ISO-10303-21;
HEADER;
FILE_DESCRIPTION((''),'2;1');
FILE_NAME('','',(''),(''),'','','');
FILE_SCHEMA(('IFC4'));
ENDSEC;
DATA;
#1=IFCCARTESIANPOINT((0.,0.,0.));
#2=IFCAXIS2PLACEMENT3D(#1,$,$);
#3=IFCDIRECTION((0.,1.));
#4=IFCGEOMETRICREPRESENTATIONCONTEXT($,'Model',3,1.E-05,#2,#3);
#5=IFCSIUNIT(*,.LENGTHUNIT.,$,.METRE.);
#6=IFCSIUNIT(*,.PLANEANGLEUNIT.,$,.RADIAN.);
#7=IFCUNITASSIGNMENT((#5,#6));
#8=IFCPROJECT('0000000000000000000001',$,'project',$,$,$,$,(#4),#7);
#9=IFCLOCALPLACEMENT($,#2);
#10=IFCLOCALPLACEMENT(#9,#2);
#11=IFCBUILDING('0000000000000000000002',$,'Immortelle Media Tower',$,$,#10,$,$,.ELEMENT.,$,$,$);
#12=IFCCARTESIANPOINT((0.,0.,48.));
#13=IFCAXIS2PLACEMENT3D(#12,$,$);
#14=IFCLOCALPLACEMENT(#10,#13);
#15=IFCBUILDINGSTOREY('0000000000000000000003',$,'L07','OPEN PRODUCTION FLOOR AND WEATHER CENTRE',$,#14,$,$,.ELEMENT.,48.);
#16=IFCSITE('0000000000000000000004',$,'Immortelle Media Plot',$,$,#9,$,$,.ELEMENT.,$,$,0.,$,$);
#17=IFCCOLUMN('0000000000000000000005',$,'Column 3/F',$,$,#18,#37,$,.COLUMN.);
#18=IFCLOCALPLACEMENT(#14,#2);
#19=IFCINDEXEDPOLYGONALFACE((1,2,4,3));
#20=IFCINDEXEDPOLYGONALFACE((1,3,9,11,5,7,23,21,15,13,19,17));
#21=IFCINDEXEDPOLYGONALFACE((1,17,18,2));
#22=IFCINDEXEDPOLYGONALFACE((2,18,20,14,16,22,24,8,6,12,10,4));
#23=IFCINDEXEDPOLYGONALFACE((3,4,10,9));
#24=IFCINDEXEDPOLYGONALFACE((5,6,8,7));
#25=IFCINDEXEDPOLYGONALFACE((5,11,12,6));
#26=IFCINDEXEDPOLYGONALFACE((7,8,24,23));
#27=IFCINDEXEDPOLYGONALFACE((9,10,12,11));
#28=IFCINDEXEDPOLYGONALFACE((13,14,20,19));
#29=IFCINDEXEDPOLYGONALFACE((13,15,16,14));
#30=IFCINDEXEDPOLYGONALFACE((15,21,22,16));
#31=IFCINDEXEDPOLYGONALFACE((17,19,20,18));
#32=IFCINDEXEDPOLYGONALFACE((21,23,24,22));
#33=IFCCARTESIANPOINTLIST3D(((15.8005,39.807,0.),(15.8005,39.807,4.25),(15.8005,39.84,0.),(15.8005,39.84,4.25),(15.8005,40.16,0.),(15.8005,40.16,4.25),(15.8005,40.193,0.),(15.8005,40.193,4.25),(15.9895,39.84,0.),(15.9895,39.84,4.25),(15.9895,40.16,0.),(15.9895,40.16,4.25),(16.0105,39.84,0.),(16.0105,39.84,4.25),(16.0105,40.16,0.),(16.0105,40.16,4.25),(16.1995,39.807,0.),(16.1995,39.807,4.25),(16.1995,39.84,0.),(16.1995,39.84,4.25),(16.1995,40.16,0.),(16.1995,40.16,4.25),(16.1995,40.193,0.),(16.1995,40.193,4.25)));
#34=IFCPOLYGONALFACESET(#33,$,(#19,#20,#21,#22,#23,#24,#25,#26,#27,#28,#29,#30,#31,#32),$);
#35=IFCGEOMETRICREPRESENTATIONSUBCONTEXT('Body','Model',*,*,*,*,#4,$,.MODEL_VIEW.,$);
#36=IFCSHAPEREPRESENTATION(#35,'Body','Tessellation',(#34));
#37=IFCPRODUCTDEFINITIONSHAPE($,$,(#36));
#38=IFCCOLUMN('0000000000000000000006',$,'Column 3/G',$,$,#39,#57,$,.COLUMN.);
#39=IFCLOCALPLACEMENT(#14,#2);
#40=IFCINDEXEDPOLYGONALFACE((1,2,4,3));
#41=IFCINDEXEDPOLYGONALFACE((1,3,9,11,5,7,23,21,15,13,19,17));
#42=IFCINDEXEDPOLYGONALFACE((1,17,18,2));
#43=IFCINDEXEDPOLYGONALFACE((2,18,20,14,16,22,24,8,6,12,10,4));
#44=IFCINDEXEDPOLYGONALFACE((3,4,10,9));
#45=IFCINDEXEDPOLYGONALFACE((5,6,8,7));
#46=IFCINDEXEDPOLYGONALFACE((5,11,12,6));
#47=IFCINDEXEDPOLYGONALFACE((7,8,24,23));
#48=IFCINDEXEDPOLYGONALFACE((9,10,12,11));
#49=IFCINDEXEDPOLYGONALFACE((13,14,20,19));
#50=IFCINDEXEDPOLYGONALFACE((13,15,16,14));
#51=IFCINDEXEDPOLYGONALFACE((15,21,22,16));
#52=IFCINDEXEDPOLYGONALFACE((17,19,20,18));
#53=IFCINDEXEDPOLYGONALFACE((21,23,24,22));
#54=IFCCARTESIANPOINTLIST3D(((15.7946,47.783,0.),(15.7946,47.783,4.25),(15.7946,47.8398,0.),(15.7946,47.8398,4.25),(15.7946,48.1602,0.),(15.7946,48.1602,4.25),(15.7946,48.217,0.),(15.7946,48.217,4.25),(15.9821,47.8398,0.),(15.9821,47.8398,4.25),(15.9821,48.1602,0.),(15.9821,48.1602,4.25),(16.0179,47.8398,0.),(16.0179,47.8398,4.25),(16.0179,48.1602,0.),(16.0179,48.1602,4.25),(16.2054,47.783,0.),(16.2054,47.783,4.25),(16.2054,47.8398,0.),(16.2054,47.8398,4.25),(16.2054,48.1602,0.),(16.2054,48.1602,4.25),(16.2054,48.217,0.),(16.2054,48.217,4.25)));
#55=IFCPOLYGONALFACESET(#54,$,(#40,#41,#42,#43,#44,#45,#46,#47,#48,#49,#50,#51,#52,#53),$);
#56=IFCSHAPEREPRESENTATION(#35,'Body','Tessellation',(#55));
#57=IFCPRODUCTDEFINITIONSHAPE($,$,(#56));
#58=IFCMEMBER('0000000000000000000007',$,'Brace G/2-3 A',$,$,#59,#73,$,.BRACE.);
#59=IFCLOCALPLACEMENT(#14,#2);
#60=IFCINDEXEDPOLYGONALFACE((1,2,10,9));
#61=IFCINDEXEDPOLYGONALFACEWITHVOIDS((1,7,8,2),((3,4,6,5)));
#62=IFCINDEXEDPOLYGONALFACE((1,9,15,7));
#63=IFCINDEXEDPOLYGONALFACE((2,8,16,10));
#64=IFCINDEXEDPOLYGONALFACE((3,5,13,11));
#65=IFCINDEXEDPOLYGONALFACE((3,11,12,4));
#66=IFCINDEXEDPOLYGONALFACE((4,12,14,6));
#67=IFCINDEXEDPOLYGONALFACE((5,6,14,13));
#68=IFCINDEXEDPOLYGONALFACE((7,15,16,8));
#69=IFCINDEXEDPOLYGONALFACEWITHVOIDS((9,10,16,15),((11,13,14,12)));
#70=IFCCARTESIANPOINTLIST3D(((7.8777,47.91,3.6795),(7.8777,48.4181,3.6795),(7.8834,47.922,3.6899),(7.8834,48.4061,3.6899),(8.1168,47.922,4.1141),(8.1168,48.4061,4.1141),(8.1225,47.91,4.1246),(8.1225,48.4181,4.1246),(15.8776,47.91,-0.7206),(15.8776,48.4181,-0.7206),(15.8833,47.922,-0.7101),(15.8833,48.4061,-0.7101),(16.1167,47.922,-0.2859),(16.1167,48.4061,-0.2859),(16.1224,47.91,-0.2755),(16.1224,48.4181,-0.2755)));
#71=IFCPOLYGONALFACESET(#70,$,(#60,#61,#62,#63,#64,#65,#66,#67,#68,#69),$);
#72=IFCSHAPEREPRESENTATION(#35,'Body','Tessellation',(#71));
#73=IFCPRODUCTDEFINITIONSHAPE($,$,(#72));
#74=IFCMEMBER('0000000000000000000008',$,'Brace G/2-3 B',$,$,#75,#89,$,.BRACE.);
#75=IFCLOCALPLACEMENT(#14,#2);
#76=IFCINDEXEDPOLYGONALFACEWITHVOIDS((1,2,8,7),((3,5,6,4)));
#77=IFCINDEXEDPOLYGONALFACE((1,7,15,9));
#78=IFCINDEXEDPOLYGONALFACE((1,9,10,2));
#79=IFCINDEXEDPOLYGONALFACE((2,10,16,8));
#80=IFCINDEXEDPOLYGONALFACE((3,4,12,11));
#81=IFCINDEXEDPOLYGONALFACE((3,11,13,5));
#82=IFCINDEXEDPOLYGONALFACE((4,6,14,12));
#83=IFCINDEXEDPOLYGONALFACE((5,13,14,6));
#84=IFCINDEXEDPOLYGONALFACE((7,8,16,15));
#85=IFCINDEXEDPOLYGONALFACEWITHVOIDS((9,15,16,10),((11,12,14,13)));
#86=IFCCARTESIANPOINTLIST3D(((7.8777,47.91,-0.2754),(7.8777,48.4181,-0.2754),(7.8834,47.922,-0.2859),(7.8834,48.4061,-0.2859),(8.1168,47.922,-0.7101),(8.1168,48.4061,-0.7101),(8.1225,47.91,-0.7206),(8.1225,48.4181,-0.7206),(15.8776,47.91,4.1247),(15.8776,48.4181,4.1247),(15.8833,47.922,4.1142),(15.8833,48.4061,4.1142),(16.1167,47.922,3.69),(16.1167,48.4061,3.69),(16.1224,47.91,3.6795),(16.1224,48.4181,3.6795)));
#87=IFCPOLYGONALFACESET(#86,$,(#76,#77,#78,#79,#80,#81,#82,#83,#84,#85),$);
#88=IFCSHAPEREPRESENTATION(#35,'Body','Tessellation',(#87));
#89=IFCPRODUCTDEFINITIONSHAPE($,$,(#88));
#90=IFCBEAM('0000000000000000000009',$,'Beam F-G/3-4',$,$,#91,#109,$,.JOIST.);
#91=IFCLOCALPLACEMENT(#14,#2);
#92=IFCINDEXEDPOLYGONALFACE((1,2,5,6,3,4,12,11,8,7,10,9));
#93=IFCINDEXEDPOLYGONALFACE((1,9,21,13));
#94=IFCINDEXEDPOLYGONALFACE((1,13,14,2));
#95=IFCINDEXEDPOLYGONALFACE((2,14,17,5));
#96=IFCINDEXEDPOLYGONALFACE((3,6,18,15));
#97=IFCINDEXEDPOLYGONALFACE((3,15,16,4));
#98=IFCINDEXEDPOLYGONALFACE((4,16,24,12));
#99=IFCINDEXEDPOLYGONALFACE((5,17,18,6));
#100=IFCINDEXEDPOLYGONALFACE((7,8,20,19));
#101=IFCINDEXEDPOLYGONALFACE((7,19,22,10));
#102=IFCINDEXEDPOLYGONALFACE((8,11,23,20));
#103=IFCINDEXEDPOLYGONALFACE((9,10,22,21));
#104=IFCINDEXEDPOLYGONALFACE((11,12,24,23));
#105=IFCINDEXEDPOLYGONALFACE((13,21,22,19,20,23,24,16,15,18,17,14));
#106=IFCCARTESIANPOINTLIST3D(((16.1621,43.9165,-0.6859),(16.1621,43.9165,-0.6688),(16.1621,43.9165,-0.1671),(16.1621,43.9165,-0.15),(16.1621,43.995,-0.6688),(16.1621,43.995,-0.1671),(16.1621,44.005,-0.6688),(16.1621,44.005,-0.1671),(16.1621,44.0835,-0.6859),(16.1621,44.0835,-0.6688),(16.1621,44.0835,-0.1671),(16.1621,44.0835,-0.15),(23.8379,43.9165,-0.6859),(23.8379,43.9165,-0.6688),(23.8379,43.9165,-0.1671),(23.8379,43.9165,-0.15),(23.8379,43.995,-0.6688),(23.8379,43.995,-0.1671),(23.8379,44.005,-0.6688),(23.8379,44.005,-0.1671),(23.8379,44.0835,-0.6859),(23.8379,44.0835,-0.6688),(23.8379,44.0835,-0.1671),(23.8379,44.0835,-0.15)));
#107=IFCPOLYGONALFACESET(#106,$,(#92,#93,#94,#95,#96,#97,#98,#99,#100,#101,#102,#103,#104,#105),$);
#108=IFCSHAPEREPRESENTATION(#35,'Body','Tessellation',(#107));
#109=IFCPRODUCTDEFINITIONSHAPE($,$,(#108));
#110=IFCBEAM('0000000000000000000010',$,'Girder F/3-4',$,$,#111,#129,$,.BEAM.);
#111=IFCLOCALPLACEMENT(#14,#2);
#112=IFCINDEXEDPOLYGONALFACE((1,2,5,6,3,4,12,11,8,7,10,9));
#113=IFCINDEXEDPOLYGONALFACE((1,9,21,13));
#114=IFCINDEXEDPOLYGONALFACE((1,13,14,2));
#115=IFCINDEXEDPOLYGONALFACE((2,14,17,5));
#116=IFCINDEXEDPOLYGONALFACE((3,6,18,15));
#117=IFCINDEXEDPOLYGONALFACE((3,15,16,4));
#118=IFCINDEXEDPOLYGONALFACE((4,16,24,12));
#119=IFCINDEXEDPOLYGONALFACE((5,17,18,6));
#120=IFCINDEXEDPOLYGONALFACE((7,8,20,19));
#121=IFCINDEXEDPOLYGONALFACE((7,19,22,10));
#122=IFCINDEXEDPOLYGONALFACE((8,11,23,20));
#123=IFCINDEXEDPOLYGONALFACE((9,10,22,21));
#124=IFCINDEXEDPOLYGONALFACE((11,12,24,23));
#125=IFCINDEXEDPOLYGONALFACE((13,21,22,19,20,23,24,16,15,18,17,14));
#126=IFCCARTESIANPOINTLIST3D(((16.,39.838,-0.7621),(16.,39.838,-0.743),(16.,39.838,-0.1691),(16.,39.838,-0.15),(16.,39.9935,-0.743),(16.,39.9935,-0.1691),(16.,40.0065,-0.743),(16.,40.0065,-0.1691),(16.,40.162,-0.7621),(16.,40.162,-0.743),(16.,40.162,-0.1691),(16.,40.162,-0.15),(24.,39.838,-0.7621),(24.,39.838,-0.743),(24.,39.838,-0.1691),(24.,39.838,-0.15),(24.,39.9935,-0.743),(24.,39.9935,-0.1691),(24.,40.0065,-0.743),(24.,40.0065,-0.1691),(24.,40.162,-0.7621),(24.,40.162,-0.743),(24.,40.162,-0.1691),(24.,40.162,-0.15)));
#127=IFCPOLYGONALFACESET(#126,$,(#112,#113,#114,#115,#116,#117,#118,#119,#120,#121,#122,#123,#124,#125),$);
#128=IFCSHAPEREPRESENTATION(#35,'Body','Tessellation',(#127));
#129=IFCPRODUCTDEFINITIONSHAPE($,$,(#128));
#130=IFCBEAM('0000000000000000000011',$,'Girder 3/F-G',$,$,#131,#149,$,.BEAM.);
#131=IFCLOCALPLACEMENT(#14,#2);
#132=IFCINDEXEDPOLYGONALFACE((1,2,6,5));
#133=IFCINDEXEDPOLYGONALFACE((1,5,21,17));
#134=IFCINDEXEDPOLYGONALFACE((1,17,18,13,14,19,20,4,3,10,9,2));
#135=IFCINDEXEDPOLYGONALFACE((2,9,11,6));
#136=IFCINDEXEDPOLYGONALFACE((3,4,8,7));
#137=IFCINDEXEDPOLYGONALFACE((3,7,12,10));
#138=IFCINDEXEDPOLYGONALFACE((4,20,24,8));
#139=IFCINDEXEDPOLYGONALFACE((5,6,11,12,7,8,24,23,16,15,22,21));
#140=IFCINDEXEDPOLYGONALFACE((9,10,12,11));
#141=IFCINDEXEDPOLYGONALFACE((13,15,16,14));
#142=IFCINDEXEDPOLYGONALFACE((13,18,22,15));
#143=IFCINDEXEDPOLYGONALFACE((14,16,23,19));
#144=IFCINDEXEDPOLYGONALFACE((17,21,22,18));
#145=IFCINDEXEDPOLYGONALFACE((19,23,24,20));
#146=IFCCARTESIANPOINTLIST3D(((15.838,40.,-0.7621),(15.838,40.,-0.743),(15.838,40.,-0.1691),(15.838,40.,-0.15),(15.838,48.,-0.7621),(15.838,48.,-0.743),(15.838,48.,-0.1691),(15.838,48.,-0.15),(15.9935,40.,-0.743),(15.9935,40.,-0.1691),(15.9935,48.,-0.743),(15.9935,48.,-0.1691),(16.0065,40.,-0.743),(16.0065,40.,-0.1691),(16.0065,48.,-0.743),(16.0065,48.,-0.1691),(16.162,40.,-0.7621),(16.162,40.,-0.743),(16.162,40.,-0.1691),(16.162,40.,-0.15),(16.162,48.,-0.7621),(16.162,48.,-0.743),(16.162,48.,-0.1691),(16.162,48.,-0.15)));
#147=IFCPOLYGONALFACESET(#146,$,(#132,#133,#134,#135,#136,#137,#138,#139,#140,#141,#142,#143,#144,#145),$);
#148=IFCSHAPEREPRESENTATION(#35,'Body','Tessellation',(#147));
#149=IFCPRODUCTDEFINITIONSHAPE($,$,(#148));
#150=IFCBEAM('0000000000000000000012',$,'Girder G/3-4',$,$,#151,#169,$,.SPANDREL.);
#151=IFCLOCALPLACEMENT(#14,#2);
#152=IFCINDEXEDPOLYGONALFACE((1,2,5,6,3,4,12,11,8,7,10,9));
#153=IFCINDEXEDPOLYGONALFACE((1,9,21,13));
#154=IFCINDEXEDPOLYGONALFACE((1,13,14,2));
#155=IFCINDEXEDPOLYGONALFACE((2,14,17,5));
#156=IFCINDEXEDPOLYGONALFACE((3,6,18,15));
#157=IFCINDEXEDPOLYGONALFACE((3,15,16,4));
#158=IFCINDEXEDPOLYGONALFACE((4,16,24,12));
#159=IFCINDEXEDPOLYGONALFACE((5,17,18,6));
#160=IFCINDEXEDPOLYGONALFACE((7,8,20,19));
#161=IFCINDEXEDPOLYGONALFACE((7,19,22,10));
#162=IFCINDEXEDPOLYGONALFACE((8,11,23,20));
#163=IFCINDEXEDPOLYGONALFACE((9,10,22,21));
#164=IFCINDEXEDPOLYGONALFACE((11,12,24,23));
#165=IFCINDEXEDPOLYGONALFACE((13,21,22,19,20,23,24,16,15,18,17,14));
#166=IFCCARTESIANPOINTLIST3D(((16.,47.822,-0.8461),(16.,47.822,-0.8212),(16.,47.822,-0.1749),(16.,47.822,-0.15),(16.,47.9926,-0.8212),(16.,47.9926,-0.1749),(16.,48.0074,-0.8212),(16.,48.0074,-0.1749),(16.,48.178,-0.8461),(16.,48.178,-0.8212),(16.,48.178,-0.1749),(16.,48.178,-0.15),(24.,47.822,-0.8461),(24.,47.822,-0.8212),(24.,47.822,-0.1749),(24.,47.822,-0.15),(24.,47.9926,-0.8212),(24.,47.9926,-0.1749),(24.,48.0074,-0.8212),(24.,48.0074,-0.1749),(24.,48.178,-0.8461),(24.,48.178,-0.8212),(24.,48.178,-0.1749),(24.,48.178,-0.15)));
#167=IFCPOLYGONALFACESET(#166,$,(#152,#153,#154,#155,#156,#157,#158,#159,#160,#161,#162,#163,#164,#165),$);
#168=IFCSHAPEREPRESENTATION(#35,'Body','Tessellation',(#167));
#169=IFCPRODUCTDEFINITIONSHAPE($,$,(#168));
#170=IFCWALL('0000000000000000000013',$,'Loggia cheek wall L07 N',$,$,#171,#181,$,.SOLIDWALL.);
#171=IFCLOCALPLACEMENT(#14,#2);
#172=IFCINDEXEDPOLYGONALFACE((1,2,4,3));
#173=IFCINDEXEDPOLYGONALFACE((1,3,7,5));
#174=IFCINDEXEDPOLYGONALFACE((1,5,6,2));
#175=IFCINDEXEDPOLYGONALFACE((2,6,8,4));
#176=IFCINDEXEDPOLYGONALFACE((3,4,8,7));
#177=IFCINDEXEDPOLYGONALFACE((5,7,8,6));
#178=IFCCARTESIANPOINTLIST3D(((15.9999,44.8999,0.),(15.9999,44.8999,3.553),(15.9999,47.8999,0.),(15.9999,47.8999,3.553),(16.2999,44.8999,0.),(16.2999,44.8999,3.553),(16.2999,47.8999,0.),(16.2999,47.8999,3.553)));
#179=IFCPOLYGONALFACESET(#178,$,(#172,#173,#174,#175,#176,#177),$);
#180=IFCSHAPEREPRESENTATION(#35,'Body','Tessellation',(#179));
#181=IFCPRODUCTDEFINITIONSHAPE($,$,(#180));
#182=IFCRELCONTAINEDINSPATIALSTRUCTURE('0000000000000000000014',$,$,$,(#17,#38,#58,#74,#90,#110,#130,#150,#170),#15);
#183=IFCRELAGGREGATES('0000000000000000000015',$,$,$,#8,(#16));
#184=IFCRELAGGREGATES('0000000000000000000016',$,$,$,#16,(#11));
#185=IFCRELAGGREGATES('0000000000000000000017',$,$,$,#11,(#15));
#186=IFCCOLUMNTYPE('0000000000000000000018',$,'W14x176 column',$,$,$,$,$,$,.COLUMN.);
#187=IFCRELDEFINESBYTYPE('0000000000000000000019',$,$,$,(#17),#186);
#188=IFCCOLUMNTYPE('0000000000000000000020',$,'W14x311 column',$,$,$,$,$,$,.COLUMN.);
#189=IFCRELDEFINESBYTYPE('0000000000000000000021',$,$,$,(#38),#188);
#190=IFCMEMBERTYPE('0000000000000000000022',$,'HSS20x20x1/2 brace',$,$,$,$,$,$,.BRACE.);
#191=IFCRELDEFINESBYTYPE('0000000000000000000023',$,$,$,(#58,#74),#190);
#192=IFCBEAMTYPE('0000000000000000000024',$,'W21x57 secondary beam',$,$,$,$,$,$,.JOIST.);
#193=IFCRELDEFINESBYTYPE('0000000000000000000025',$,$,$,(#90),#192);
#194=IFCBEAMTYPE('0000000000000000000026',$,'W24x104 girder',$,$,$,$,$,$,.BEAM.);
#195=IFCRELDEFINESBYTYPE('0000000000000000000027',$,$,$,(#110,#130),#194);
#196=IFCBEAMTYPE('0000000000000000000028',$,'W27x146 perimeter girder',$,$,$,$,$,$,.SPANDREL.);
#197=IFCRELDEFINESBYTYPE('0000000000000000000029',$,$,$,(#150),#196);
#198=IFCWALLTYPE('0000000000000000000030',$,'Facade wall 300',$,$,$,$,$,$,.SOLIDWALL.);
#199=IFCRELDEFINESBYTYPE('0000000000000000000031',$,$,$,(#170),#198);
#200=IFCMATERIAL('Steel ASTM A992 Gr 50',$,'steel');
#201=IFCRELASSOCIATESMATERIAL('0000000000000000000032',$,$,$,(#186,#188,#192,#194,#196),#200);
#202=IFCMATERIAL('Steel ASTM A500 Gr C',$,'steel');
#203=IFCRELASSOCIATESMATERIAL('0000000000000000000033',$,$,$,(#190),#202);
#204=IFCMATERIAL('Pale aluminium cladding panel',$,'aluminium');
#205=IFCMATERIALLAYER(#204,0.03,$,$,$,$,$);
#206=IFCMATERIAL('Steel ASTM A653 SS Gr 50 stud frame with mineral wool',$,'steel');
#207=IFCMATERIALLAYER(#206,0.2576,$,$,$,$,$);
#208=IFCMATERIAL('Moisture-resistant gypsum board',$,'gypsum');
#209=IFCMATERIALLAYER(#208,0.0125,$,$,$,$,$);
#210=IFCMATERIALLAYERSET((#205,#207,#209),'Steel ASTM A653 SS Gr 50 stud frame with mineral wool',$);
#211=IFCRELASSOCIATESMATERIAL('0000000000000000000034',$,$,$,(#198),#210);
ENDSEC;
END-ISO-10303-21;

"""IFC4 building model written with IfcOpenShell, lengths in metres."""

from ifc_helpers import new_model, si_unit, direction, frame, frame_2d, origin, origin_2d, place, context, subcontext, project, spatial, rectangle, hollow_rectangle, i_section, extrude, material, layer, layer_set, material_profile, profile_set, type_object, element, save


model = new_model("IFC4")

# Units and contexts
model_context = context("Model", 3, precision=1e-05, world=origin(), true_north=direction((0.0, 1.0)))
body_context = subcontext(model_context, "Body", "Model", "MODEL_VIEW")
ifc_project = project(units=[si_unit("LENGTHUNIT", "METRE"), si_unit("PLANEANGLEUNIT", "RADIAN")], contexts=[model_context])

# Site, building, storey
site_placement = place(None, origin())
site = spatial("IfcSite", under=ifc_project, at=site_placement, Name="Immortelle Media Plot", CompositionType="ELEMENT", RefElevation=0.0)
building_placement = place(site_placement, origin())
building = spatial("IfcBuilding", under=site, at=building_placement, Name="Immortelle Media Tower", CompositionType="ELEMENT")
storey_placement = place(building_placement, frame((0.0, 0.0, 48.0)))
storey = spatial("IfcBuildingStorey", under=building, at=storey_placement, Name="L07", Description="OPEN PRODUCTION FLOOR AND WEATHER CENTRE", CompositionType="ELEMENT", Elevation=48.0)

# Columns
ifc_material_1 = material(Name="Steel ASTM A992 Gr 50", Category="steel")
ifc_material_profile_1 = material_profile(ifc_material_1, i_section(OverallWidth=0.3989, OverallDepth=0.386, WebThickness=0.021, FlangeThickness=0.033, at=origin_2d()), Name="W14x176")
ifc_profile_set_1 = profile_set([ifc_material_profile_1], Name="Steel ASTM A992 Gr 50")
column_type_1 = type_object("IfcColumnType", Name="W14x176 column", PredefinedType="COLUMN", material=ifc_profile_set_1)
column_1_placement = place(storey_placement, frame((16.0, 40.0, 0.0), z_axis=(0.0, 0.0, 1.0), x_axis=(1.0, 0.0, 0.0)))
element("IfcColumn", 1, at=column_1_placement, inside=storey, type_object=column_type_1, Name="Column 3/F", PredefinedType="COLUMN", context=body_context, shape_type="SweptSolid", body=[
    extrude(i_section(OverallWidth=0.3989, OverallDepth=0.386, WebThickness=0.021, FlangeThickness=0.033, at=origin_2d()), origin(), (0.0, 0.0, 1.0), 4.25),
])
ifc_material_profile_2 = material_profile(ifc_material_1, i_section(OverallWidth=0.4109, OverallDepth=0.4341, WebThickness=0.0359, FlangeThickness=0.0569, at=origin_2d()), Name="W14x311")
ifc_profile_set_2 = profile_set([ifc_material_profile_2], Name="Steel ASTM A992 Gr 50")
column_type_2 = type_object("IfcColumnType", Name="W14x311 column", PredefinedType="COLUMN", material=ifc_profile_set_2)
column_2_placement = place(storey_placement, frame((16.0, 48.0, 0.0), z_axis=(0.0, 0.0, 1.0), x_axis=(1.0, 0.0, 0.0)))
element("IfcColumn", 2, at=column_2_placement, inside=storey, type_object=column_type_2, Name="Column 3/G", PredefinedType="COLUMN", context=body_context, shape_type="SweptSolid", body=[
    extrude(i_section(OverallWidth=0.4109, OverallDepth=0.4341, WebThickness=0.0359, FlangeThickness=0.0569, at=origin_2d()), origin(), (0.0, 0.0, 1.0), 4.25),
])

# Members
ifc_material_2 = material(Name="Steel ASTM A500 Gr C", Category="steel")
ifc_material_profile_3 = material_profile(ifc_material_2, hollow_rectangle(XDim=0.5081, YDim=0.5081, WallThickness=0.012, at=origin_2d()), Name="HSS20x20x1/2 brace")
ifc_profile_set_3 = profile_set([ifc_material_profile_3], Name="Steel ASTM A500 Gr C")
member_type = type_object("IfcMemberType", Name="HSS20x20x1/2 brace", PredefinedType="BRACE", material=ifc_profile_set_3)
for number, where, z_axis, x_axis, name in (
    (3, (16.0, 48.1641, -0.498), (-0.876209, 0.0, 0.481931), (0.0, -1.0, 0.0), "Brace G/2-3 A"),
    (4, (16.0, 48.1641, 3.9021), (-0.876209, 0.0, -0.481931), (0.0, -1.0, 0.0), "Brace G/2-3 B"),
):
    element("IfcMember", number, at=place(storey_placement, frame(where, z_axis=z_axis, x_axis=x_axis)), inside=storey, type_object=member_type, Name=name, PredefinedType="BRACE", context=body_context, shape_type="SweptSolid", body=[
        extrude(hollow_rectangle(XDim=0.5081, YDim=0.5081, WallThickness=0.012, at=origin_2d()), origin(), (0.0, 0.0, 1.0), 9.1301),
    ])

# Beams
ifc_material_profile_4 = material_profile(ifc_material_1, i_section(OverallWidth=0.167, OverallDepth=0.5359, WebThickness=0.01, FlangeThickness=0.0171, at=origin_2d()), Name="W21x57")
ifc_profile_set_4 = profile_set([ifc_material_profile_4], Name="Steel ASTM A992 Gr 50")
beam_type_1 = type_object("IfcBeamType", Name="W21x57 secondary beam", PredefinedType="JOIST", material=ifc_profile_set_4)
beam_1_placement = place(storey_placement, frame((16.1621, 44.0, -0.418), z_axis=(1.0, 0.0, 0.0), x_axis=(0.0, 1.0, 0.0)))
element("IfcBeam", 5, at=beam_1_placement, inside=storey, type_object=beam_type_1, Name="Beam F-G/3-4", PredefinedType="JOIST", context=body_context, shape_type="SweptSolid", body=[
    extrude(i_section(OverallWidth=0.167, OverallDepth=0.5359, WebThickness=0.01, FlangeThickness=0.0171, at=origin_2d()), origin(), (0.0, 0.0, 1.0), 7.6758),
])
ifc_material_profile_5 = material_profile(ifc_material_1, i_section(OverallWidth=0.324, OverallDepth=0.6121, WebThickness=0.0129, FlangeThickness=0.019, at=origin_2d()), Name="W24x104")
ifc_profile_set_5 = profile_set([ifc_material_profile_5], Name="Steel ASTM A992 Gr 50")
beam_type_2 = type_object("IfcBeamType", Name="W24x104 girder", PredefinedType="BEAM", material=ifc_profile_set_5)
for number, where, z_axis, x_axis, name in (
    (6, (16.0, 40.0, -0.4561), (1.0, 0.0, 0.0), (0.0, 1.0, 0.0), "Girder F/3-4"),
    (7, (16.0, 40.0, -0.4561), (0.0, 1.0, 0.0), (-1.0, 0.0, 0.0), "Girder 3/F-G"),
):
    element("IfcBeam", number, at=place(storey_placement, frame(where, z_axis=z_axis, x_axis=x_axis)), inside=storey, type_object=beam_type_2, Name=name, PredefinedType="BEAM", context=body_context, shape_type="SweptSolid", body=[
        extrude(i_section(OverallWidth=0.324, OverallDepth=0.6121, WebThickness=0.0129, FlangeThickness=0.019, at=origin_2d()), origin(), (0.0, 0.0, 1.0), 8.0),
    ])
ifc_material_profile_6 = material_profile(ifc_material_1, i_section(OverallWidth=0.356, OverallDepth=0.696, WebThickness=0.0149, FlangeThickness=0.0249, at=origin_2d()), Name="W27x146")
ifc_profile_set_6 = profile_set([ifc_material_profile_6], Name="Steel ASTM A992 Gr 50")
beam_type_3 = type_object("IfcBeamType", Name="W27x146 perimeter girder", PredefinedType="SPANDREL", material=ifc_profile_set_6)
beam_2_placement = place(storey_placement, frame((16.0, 48.0, -0.498), z_axis=(1.0, 0.0, 0.0), x_axis=(0.0, 1.0, 0.0)))
element("IfcBeam", 8, at=beam_2_placement, inside=storey, type_object=beam_type_3, Name="Girder G/3-4", PredefinedType="SPANDREL", context=body_context, shape_type="SweptSolid", body=[
    extrude(i_section(OverallWidth=0.356, OverallDepth=0.696, WebThickness=0.0149, FlangeThickness=0.0249, at=origin_2d()), origin(), (0.0, 0.0, 1.0), 8.0),
])

# Wall
ifc_material_3 = material(Name="Pale aluminium cladding panel", Category="aluminium")
ifc_layer_1 = layer(ifc_material_3, 0.03)
ifc_material_4 = material(Name="Steel ASTM A653 SS Gr 50 stud frame with mineral wool", Category="steel")
ifc_layer_2 = layer(ifc_material_4, 0.2576)
ifc_material_5 = material(Name="Moisture-resistant gypsum board", Category="gypsum")
ifc_layer_3 = layer(ifc_material_5, 0.0125)
ifc_layer_set_1 = layer_set([ifc_layer_1, ifc_layer_2, ifc_layer_3], Name="Steel ASTM A653 SS Gr 50 stud frame with mineral wool")
wall_type_1 = type_object("IfcWallType", Name="Facade wall 300", PredefinedType="SOLIDWALL", material=ifc_layer_set_1)
wall_1_placement = place(storey_placement, frame((16.1499, 47.8999, 0.0), z_axis=(0.0, 0.0, 1.0), x_axis=(0.0, -1.0, 0.0)))
element("IfcWall", 9, at=wall_1_placement, inside=storey, type_object=wall_type_1, Name="Loggia cheek wall L07 N", PredefinedType="SOLIDWALL", context=body_context, shape_type="SweptSolid", body=[
    extrude(rectangle(XDim=3.0, YDim=0.3, at=frame_2d((1.5, 0.0))), origin(), (0.0, 0.0, 1.0), 3.553),
])

save(model, "model.ifc")
